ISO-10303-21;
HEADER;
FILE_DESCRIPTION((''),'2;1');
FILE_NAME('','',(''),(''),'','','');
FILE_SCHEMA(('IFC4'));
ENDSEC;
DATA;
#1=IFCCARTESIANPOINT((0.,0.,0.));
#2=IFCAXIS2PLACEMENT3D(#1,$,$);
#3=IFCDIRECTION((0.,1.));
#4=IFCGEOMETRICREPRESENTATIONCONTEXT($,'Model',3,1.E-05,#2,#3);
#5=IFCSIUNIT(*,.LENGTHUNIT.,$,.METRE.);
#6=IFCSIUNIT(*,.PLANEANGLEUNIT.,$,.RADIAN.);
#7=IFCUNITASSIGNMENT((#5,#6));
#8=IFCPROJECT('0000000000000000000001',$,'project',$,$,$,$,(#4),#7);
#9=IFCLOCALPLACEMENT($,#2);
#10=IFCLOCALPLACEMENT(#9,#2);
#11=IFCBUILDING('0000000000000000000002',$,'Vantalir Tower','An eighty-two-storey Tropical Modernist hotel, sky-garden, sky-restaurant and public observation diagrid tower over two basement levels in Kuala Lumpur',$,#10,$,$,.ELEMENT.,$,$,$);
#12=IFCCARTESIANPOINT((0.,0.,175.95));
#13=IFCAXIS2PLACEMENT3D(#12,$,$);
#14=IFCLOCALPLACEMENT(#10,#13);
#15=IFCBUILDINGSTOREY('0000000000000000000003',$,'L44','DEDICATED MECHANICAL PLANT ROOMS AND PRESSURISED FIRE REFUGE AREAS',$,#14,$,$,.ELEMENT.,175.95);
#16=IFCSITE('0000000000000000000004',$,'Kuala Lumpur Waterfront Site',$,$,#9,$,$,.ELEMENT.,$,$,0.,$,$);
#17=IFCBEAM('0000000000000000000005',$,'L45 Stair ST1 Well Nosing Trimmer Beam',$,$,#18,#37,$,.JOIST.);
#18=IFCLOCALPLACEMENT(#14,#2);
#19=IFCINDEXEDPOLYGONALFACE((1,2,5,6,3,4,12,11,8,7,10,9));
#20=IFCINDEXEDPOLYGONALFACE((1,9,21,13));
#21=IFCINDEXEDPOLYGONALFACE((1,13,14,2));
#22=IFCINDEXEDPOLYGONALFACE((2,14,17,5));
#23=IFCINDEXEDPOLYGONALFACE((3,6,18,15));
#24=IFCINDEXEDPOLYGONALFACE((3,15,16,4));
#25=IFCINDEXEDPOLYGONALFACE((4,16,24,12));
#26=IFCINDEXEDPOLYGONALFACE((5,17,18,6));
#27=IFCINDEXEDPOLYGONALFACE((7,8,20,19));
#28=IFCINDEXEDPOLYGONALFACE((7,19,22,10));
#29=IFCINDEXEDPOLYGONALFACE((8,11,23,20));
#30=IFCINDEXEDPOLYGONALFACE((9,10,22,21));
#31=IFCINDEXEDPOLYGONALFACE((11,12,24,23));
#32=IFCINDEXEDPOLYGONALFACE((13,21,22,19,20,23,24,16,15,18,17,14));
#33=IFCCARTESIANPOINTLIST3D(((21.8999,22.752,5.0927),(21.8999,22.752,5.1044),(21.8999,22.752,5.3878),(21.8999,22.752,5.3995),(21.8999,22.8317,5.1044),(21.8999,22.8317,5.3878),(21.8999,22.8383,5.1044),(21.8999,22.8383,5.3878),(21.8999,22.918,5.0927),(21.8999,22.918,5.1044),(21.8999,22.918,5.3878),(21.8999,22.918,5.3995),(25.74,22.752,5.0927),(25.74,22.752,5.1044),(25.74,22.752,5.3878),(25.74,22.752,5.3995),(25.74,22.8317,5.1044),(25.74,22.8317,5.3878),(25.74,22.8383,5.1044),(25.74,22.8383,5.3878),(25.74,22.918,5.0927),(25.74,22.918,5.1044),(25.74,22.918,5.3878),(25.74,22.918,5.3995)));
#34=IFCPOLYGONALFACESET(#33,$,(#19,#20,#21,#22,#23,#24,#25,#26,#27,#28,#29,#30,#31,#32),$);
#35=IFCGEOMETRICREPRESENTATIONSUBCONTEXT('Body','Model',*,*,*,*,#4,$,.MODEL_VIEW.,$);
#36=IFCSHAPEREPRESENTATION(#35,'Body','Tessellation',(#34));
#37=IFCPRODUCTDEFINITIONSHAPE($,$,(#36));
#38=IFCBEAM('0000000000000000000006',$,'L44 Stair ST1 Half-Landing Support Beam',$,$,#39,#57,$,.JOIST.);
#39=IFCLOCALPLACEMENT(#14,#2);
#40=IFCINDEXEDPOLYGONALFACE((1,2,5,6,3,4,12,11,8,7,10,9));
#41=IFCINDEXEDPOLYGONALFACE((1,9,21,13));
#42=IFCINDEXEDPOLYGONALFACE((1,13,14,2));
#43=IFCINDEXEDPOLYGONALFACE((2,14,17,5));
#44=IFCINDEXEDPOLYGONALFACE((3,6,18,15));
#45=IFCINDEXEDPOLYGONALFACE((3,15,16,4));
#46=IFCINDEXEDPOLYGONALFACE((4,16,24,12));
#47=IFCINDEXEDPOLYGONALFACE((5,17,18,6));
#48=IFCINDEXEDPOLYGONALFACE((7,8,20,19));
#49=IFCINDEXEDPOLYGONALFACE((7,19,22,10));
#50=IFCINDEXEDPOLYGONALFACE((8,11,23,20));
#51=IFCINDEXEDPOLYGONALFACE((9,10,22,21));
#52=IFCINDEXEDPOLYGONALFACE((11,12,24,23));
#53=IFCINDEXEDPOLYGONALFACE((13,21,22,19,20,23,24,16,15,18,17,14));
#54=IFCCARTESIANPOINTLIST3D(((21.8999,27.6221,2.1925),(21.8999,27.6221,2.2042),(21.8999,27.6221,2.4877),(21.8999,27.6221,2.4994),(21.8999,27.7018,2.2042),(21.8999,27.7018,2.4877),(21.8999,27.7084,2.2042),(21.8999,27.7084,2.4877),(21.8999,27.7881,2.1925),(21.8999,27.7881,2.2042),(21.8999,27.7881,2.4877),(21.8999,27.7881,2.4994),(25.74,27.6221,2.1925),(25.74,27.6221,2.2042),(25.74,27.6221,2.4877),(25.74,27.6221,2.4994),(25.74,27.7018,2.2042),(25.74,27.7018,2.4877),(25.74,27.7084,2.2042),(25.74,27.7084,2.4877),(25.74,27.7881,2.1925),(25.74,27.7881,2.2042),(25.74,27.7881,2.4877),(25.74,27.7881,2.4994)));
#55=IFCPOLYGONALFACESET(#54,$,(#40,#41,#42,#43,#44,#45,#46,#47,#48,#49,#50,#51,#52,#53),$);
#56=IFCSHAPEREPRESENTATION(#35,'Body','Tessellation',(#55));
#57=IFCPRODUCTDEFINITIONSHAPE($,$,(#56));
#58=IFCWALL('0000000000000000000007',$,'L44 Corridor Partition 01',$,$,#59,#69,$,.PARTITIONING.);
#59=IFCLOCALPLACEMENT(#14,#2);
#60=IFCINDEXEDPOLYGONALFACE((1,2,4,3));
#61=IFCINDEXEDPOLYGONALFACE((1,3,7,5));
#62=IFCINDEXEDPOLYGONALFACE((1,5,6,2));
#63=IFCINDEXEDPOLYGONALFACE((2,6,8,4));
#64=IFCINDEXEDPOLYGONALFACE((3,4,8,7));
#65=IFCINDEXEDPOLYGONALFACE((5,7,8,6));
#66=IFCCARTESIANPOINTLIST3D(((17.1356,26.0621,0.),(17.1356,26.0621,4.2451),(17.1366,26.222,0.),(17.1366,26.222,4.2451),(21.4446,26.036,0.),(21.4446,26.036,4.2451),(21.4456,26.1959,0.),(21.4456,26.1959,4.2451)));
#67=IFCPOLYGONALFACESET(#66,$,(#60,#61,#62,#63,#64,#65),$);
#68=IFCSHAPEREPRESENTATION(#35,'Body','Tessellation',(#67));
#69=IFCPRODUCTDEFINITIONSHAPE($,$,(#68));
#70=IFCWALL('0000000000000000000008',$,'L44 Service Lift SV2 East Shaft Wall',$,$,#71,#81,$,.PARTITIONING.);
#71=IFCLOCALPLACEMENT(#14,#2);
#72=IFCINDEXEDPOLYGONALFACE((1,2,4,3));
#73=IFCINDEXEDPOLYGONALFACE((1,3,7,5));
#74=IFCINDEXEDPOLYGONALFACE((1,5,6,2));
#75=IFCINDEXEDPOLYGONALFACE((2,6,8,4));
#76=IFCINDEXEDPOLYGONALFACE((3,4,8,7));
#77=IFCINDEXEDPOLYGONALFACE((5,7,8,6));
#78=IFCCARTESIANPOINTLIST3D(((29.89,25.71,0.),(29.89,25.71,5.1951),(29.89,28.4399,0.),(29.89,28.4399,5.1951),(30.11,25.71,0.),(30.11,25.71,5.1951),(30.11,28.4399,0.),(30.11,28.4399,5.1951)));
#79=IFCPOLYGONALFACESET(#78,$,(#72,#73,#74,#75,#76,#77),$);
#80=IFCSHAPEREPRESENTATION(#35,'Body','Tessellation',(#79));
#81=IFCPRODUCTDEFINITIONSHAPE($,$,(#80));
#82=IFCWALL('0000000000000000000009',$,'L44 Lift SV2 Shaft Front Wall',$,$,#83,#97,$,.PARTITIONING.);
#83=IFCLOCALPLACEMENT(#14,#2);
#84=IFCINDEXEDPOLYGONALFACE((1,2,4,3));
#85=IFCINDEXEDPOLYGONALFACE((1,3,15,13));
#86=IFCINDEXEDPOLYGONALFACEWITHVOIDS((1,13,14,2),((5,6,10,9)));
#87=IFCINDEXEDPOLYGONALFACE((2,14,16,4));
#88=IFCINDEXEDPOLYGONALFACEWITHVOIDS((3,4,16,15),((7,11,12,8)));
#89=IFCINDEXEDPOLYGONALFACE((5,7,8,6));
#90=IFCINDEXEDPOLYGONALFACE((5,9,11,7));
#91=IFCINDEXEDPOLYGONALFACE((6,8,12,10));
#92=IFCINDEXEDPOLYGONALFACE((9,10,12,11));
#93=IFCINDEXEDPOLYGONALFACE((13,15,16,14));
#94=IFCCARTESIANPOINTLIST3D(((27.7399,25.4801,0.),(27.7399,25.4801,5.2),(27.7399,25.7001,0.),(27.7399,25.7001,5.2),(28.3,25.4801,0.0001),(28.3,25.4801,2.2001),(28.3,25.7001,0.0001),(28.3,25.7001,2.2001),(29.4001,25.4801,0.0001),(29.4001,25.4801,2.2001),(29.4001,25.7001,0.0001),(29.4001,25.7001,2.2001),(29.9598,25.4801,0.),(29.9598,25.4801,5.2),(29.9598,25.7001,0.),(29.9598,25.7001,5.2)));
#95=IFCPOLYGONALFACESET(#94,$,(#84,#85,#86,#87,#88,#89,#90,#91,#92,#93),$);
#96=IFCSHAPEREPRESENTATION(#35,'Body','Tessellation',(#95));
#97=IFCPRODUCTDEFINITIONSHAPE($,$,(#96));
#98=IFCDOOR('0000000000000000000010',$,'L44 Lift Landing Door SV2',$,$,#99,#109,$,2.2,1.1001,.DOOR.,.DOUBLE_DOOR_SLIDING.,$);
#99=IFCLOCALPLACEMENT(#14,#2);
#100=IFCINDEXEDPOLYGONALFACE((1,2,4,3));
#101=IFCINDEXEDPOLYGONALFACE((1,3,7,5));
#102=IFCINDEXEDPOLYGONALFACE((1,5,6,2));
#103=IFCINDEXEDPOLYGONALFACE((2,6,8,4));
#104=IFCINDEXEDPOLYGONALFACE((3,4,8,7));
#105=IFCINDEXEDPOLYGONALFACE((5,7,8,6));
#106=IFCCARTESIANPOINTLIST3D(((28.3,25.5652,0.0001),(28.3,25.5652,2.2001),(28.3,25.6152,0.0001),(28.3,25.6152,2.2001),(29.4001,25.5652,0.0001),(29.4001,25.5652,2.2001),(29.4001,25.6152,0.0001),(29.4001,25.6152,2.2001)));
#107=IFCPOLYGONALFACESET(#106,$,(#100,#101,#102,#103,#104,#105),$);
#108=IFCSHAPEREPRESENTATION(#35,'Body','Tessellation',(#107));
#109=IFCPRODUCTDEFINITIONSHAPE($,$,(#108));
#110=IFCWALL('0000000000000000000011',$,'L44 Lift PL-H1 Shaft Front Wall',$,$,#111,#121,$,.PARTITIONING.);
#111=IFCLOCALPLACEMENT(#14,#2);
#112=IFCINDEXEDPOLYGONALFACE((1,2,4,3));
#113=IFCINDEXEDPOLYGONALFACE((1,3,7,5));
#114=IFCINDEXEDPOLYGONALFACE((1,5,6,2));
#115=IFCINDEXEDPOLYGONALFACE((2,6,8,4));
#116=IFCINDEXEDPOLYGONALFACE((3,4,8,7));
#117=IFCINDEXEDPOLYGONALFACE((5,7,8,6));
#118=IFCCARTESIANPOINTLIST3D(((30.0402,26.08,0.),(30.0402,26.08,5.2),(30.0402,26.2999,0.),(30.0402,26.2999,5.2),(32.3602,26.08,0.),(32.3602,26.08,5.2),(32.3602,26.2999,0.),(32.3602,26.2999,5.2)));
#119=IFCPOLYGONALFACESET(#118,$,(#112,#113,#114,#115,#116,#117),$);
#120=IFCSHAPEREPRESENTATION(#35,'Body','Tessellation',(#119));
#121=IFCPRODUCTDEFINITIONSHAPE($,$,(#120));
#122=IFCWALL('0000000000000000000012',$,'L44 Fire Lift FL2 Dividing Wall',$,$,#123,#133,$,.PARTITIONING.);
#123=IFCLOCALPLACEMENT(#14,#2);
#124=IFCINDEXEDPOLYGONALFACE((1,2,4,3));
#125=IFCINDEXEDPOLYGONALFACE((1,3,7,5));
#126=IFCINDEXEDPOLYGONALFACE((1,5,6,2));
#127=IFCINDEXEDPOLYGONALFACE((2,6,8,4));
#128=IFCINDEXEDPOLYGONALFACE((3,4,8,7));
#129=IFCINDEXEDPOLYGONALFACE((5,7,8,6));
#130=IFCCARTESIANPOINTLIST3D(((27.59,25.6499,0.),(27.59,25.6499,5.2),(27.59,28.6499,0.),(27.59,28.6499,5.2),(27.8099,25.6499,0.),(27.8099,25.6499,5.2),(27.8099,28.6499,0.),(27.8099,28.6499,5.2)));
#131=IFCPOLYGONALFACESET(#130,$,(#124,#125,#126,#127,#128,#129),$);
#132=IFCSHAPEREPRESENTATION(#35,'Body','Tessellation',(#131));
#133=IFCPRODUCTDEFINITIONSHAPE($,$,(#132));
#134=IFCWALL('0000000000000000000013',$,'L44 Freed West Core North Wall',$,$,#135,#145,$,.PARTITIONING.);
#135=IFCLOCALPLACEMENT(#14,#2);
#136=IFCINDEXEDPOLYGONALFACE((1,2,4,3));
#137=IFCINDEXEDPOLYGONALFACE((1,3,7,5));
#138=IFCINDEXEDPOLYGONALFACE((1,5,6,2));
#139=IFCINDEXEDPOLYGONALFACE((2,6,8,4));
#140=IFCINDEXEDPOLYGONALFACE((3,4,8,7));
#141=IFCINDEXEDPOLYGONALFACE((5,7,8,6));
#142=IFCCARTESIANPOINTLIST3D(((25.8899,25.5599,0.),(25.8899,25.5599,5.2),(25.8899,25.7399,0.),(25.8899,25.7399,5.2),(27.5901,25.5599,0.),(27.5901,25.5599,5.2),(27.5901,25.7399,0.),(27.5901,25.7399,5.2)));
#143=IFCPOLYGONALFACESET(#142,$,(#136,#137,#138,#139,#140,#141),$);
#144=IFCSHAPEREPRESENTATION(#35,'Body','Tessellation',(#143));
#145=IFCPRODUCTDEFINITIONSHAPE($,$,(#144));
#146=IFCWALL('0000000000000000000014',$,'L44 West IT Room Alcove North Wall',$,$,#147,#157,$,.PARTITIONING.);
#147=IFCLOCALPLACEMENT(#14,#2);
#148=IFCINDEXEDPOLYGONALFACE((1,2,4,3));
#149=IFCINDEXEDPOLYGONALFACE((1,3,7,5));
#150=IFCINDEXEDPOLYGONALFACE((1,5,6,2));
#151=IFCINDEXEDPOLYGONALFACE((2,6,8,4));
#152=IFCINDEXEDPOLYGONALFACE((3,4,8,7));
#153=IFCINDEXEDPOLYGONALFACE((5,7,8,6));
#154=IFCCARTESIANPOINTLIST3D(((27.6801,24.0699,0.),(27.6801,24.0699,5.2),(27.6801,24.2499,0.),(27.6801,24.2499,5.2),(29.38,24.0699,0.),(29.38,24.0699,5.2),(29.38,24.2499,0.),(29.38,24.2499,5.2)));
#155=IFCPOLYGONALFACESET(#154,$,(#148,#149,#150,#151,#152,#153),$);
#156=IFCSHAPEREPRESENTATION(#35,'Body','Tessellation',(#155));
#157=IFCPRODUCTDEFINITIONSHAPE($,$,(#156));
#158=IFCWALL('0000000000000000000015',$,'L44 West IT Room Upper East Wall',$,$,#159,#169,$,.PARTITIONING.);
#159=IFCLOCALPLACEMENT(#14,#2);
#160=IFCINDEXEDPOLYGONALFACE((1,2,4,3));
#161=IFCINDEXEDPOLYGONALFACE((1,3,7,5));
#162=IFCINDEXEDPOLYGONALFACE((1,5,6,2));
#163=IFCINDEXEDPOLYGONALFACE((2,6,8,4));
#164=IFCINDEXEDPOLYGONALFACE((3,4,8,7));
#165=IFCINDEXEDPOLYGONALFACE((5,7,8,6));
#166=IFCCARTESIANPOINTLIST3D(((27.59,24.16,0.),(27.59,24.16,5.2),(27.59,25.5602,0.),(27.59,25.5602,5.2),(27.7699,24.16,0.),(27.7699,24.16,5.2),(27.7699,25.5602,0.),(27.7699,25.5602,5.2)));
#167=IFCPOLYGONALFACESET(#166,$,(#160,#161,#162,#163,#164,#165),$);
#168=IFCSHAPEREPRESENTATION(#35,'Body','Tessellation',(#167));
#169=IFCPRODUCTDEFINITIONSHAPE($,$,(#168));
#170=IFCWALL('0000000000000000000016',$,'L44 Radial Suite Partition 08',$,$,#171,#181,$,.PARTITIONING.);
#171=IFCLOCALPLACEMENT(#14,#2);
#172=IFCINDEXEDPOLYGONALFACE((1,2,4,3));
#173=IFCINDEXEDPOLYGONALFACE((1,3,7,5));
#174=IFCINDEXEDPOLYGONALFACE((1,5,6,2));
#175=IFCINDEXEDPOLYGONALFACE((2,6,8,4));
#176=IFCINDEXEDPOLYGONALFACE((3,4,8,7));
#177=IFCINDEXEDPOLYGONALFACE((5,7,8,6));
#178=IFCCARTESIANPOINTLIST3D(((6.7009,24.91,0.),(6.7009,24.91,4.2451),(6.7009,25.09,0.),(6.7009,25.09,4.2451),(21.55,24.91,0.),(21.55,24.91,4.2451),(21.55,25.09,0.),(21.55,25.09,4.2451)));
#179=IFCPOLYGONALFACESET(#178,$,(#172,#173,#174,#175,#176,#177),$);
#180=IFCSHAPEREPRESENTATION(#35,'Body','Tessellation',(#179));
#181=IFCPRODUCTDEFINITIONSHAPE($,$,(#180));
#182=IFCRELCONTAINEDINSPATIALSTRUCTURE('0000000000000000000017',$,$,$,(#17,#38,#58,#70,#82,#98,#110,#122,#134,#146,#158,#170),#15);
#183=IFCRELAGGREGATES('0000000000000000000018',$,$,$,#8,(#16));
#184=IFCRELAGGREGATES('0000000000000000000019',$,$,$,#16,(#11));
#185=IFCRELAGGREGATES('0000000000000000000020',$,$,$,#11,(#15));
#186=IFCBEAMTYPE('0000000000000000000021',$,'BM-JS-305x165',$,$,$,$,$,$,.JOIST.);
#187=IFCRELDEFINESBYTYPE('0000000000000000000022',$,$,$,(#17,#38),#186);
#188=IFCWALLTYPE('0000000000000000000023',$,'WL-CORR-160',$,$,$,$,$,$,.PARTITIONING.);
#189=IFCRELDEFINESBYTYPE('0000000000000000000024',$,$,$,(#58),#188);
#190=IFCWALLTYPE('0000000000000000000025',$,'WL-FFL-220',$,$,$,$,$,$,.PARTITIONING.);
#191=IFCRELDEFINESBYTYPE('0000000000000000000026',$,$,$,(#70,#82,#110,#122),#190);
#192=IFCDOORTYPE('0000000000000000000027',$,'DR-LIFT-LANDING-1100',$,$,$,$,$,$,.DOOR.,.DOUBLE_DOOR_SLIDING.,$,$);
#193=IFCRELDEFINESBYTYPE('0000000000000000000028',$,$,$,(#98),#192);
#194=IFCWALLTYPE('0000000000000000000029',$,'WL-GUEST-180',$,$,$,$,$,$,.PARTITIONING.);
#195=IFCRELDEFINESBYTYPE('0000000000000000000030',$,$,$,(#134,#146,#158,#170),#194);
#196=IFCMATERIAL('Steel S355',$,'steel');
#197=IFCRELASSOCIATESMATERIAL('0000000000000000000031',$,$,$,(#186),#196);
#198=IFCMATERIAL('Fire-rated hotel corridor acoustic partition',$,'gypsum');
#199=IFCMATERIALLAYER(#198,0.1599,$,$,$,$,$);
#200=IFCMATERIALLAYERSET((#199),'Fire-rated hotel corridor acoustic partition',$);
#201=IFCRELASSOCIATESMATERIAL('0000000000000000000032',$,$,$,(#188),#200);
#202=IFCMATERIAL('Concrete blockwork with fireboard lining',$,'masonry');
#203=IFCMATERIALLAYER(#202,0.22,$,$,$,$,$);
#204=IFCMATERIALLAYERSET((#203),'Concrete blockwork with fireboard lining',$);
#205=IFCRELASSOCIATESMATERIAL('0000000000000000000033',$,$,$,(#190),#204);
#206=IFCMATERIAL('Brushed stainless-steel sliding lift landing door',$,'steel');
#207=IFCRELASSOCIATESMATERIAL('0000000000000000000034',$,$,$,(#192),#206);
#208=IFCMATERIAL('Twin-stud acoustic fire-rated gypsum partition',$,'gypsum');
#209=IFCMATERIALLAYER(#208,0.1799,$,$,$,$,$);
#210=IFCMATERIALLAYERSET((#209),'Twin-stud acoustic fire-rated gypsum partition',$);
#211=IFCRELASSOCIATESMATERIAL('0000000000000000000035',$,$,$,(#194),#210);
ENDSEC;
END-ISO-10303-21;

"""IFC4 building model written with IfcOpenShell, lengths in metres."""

from ifc_helpers import new_model, si_unit, direction, frame, frame_2d, origin, origin_2d, place, context, subcontext, project, spatial, rectangle, i_section, extrude, material, layer, layer_set, material_profile, profile_set, type_object, element, fill, save


model = new_model("IFC4")

# Units and contexts
model_context = context("Model", 3, precision=1e-05, world=origin(), true_north=direction((0.0, 1.0)))
body_context = subcontext(model_context, "Body", "Model", "MODEL_VIEW")
ifc_project = project(units=[si_unit("LENGTHUNIT", "METRE"), si_unit("PLANEANGLEUNIT", "RADIAN")], contexts=[model_context])

# Site, building, storey
site_placement = place(None, origin())
site = spatial("IfcSite", under=ifc_project, at=site_placement, Name="Kuala Lumpur Waterfront Site", CompositionType="ELEMENT", RefElevation=0.0)
building_placement = place(site_placement, origin())
building = spatial("IfcBuilding", under=site, at=building_placement, Name="Vantalir Tower", Description="An eighty-two-storey Tropical Modernist hotel, sky-garden, sky-restaurant and public observation diagrid tower over two basement levels in Kuala Lumpur", CompositionType="ELEMENT")
storey_placement = place(building_placement, frame((0.0, 0.0, 175.95)))
storey = spatial("IfcBuildingStorey", under=building, at=storey_placement, Name="L44", Description="DEDICATED MECHANICAL PLANT ROOMS AND PRESSURISED FIRE REFUGE AREAS", CompositionType="ELEMENT", Elevation=175.95)

# Beams
ifc_material_1 = material(Name="Steel S355", Category="steel")
ifc_material_profile = material_profile(ifc_material_1, i_section(OverallWidth=0.166, OverallDepth=0.3069, WebThickness=0.0066, FlangeThickness=0.0117, at=origin_2d()), Name="Steel S355")
ifc_profile_set = profile_set([ifc_material_profile], Name="Steel S355")
beam_type = type_object("IfcBeamType", Name="BM-JS-305x165", PredefinedType="JOIST", material=ifc_profile_set)
for number, where, z_axis, x_axis, name in (
    (1, (21.8999, 22.835, 5.2461), (1.0, 0.0, 0.0), (0.0, 1.0, 0.0), "L45 Stair ST1 Well Nosing Trimmer Beam"),
    (2, (21.8999, 27.7051, 2.3459), (1.0, 0.0, 0.0), (0.0, 1.0, 0.0), "L44 Stair ST1 Half-Landing Support Beam"),
):
    element("IfcBeam", number, at=place(storey_placement, frame(where, z_axis=z_axis, x_axis=x_axis)), inside=storey, type_object=beam_type, Name=name, PredefinedType="JOIST", context=body_context, shape_type="SweptSolid", body=[
        extrude(i_section(OverallWidth=0.166, OverallDepth=0.3069, WebThickness=0.0066, FlangeThickness=0.0117, at=origin_2d()), origin(), (0.0, 0.0, 1.0), 3.8401),
    ])

# Walls
ifc_material_2 = material(Name="Fire-rated hotel corridor acoustic partition", Category="gypsum")
ifc_layer_1 = layer(ifc_material_2, 0.1599)
ifc_layer_set_1 = layer_set([ifc_layer_1], Name="Fire-rated hotel corridor acoustic partition")
wall_type_1 = type_object("IfcWallType", Name="WL-CORR-160", PredefinedType="PARTITIONING", material=ifc_layer_set_1)
wall_1_placement = place(storey_placement, frame((21.4451, 26.116, 0.0), z_axis=(0.0, 0.0, 1.0), x_axis=(-0.999982, 0.006062, 0.0)))
element("IfcWall", 3, at=wall_1_placement, inside=storey, type_object=wall_type_1, Name="L44 Corridor Partition 01", PredefinedType="PARTITIONING", context=body_context, shape_type="SweptSolid", body=[
    extrude(rectangle(XDim=4.3091, YDim=0.1599, at=frame_2d((2.1545, 0.0))), origin(), (0.0, 0.0, 1.0), 4.2451),
])
ifc_material_3 = material(Name="Concrete blockwork with fireboard lining", Category="masonry")
ifc_layer_2 = layer(ifc_material_3, 0.22)
ifc_layer_set_2 = layer_set([ifc_layer_2], Name="Concrete blockwork with fireboard lining")
wall_type_2 = type_object("IfcWallType", Name="WL-FFL-220", PredefinedType="PARTITIONING", material=ifc_layer_set_2)
wall_2_placement = place(storey_placement, frame((30.0, 25.71, 0.0), z_axis=(0.0, 0.0, 1.0), x_axis=(0.0, 1.0, 0.0)))
element("IfcWall", 4, at=wall_2_placement, inside=storey, type_object=wall_type_2, Name="L44 Service Lift SV2 East Shaft Wall", PredefinedType="PARTITIONING", context=body_context, shape_type="SweptSolid", body=[
    extrude(rectangle(XDim=2.73, YDim=0.22, at=frame_2d((1.365, 0.0))), origin(), (0.0, 0.0, 1.0), 5.1951),
])

# Wall, opening, door
wall_3_placement = place(storey_placement, frame((27.74, 25.5901, 0.0), z_axis=(0.0, 0.0, 1.0), x_axis=(1.0, 0.0, 0.0)))
wall_3 = element("IfcWall", 5, at=wall_3_placement, inside=storey, type_object=wall_type_2, Name="L44 Lift SV2 Shaft Front Wall", PredefinedType="PARTITIONING", context=body_context, shape_type="SweptSolid", body=[
    extrude(rectangle(XDim=2.22, YDim=0.22, at=frame_2d((1.1099, 0.0))), origin(), (0.0, 0.0, 1.0), 5.2),
])
opening_placement = place(wall_3_placement, frame((0.5601, 0.0, 0.0)))
opening = element("IfcOpeningElement", 6, at=opening_placement, cuts=wall_3, PredefinedType="OPENING", context=body_context, shape_type="SweptSolid", body=[
    extrude(rectangle(XDim=1.1001, YDim=2.2, at=frame_2d((0.55, 1.1001))), frame((0.0, 0.1199, 0.0), z_axis=(0.0, -1.0, 0.0), x_axis=(1.0, 0.0, 0.0)), (0.0, 0.0, 1.0), 0.24),
])
ifc_material_4 = material(Name="Brushed stainless-steel sliding lift landing door", Category="steel")
door_type = type_object("IfcDoorType", Name="DR-LIFT-LANDING-1100", OperationType="DOUBLE_DOOR_SLIDING", PredefinedType="DOOR", material=ifc_material_4)
door_placement = place(opening_placement, frame((1.1001, 0.0, 0.0), z_axis=(0.0, 0.0, 1.0), x_axis=(-1.0, 0.0, 0.0)))
door = element("IfcDoor", 7, at=door_placement, inside=storey, type_object=door_type, Name="L44 Lift Landing Door SV2", OperationType="DOUBLE_DOOR_SLIDING", OverallHeight=2.2, OverallWidth=1.1001, PredefinedType="DOOR", context=body_context, shape_type="SweptSolid", body=[
    extrude(rectangle(XDim=1.1001, YDim=2.2, at=frame_2d((0.55, 1.1001))), frame((0.0, 0.0249, 0.0), z_axis=(0.0, -1.0, 0.0), x_axis=(1.0, 0.0, 0.0)), (0.0, 0.0, 1.0), 0.05),
])
fill(opening, door)

# Walls
wall_4_placement = place(storey_placement, frame((30.04, 26.1899, 0.0), z_axis=(0.0, 0.0, 1.0), x_axis=(1.0, 0.0, 0.0)))
element("IfcWall", 8, at=wall_4_placement, inside=storey, type_object=wall_type_2, Name="L44 Lift PL-H1 Shaft Front Wall", PredefinedType="PARTITIONING", context=body_context, shape_type="SweptSolid", body=[
    extrude(rectangle(XDim=2.3201, YDim=0.22, at=frame_2d((1.1602, 0.0))), origin(), (0.0, 0.0, 1.0), 5.2),
])
wall_5_placement = place(storey_placement, frame((27.7, 25.6499, 0.0), z_axis=(0.0, 0.0, 1.0), x_axis=(0.0, 1.0, 0.0)))
element("IfcWall", 9, at=wall_5_placement, inside=storey, type_object=wall_type_2, Name="L44 Fire Lift FL2 Dividing Wall", PredefinedType="PARTITIONING", context=body_context, shape_type="SweptSolid", body=[
    extrude(rectangle(XDim=3.0, YDim=0.22, at=frame_2d((1.5, 0.0))), origin(), (0.0, 0.0, 1.0), 5.2),
])
ifc_material_5 = material(Name="Twin-stud acoustic fire-rated gypsum partition", Category="gypsum")
ifc_layer_3 = layer(ifc_material_5, 0.1799)
ifc_layer_set_3 = layer_set([ifc_layer_3], Name="Twin-stud acoustic fire-rated gypsum partition")
wall_type_3 = type_object("IfcWallType", Name="WL-GUEST-180", PredefinedType="PARTITIONING", material=ifc_layer_set_3)
wall_6_placement = place(storey_placement, frame((25.8899, 25.6499, 0.0), z_axis=(0.0, 0.0, 1.0), x_axis=(1.0, 0.0, 0.0)))
element("IfcWall", 10, at=wall_6_placement, inside=storey, type_object=wall_type_3, Name="L44 Freed West Core North Wall", PredefinedType="PARTITIONING", context=body_context, shape_type="SweptSolid", body=[
    extrude(rectangle(XDim=1.7002, YDim=0.1799, at=frame_2d((0.8501, 0.0))), origin(), (0.0, 0.0, 1.0), 5.2),
])
wall_7_placement = place(storey_placement, frame((27.6799, 24.1599, 0.0), z_axis=(0.0, 0.0, 1.0), x_axis=(1.0, 0.0, 0.0)))
element("IfcWall", 11, at=wall_7_placement, inside=storey, type_object=wall_type_3, Name="L44 West IT Room Alcove North Wall", PredefinedType="PARTITIONING", context=body_context, shape_type="SweptSolid", body=[
    extrude(rectangle(XDim=1.7, YDim=0.1799, at=frame_2d((0.8501, 0.0))), origin(), (0.0, 0.0, 1.0), 5.2),
])
wall_8_placement = place(storey_placement, frame((27.6799, 24.1599, 0.0), z_axis=(0.0, 0.0, 1.0), x_axis=(0.0, 1.0, 0.0)))
element("IfcWall", 12, at=wall_8_placement, inside=storey, type_object=wall_type_3, Name="L44 West IT Room Upper East Wall", PredefinedType="PARTITIONING", context=body_context, shape_type="SweptSolid", body=[
    extrude(rectangle(XDim=1.4001, YDim=0.1799, at=frame_2d((0.7002, 0.0))), origin(), (0.0, 0.0, 1.0), 5.2),
])
wall_9_placement = place(storey_placement, frame((21.55, 25.0, 0.0), z_axis=(0.0, 0.0, 1.0), x_axis=(-1.0, 0.0, 0.0)))
element("IfcWall", 13, at=wall_9_placement, inside=storey, type_object=wall_type_3, Name="L44 Radial Suite Partition 08", PredefinedType="PARTITIONING", context=body_context, shape_type="SweptSolid", body=[
    extrude(rectangle(XDim=14.8491, YDim=0.1799, at=frame_2d((7.4246, 0.0))), origin(), (0.0, 0.0, 1.0), 4.2451),
])

save(model, "model.ifc")
